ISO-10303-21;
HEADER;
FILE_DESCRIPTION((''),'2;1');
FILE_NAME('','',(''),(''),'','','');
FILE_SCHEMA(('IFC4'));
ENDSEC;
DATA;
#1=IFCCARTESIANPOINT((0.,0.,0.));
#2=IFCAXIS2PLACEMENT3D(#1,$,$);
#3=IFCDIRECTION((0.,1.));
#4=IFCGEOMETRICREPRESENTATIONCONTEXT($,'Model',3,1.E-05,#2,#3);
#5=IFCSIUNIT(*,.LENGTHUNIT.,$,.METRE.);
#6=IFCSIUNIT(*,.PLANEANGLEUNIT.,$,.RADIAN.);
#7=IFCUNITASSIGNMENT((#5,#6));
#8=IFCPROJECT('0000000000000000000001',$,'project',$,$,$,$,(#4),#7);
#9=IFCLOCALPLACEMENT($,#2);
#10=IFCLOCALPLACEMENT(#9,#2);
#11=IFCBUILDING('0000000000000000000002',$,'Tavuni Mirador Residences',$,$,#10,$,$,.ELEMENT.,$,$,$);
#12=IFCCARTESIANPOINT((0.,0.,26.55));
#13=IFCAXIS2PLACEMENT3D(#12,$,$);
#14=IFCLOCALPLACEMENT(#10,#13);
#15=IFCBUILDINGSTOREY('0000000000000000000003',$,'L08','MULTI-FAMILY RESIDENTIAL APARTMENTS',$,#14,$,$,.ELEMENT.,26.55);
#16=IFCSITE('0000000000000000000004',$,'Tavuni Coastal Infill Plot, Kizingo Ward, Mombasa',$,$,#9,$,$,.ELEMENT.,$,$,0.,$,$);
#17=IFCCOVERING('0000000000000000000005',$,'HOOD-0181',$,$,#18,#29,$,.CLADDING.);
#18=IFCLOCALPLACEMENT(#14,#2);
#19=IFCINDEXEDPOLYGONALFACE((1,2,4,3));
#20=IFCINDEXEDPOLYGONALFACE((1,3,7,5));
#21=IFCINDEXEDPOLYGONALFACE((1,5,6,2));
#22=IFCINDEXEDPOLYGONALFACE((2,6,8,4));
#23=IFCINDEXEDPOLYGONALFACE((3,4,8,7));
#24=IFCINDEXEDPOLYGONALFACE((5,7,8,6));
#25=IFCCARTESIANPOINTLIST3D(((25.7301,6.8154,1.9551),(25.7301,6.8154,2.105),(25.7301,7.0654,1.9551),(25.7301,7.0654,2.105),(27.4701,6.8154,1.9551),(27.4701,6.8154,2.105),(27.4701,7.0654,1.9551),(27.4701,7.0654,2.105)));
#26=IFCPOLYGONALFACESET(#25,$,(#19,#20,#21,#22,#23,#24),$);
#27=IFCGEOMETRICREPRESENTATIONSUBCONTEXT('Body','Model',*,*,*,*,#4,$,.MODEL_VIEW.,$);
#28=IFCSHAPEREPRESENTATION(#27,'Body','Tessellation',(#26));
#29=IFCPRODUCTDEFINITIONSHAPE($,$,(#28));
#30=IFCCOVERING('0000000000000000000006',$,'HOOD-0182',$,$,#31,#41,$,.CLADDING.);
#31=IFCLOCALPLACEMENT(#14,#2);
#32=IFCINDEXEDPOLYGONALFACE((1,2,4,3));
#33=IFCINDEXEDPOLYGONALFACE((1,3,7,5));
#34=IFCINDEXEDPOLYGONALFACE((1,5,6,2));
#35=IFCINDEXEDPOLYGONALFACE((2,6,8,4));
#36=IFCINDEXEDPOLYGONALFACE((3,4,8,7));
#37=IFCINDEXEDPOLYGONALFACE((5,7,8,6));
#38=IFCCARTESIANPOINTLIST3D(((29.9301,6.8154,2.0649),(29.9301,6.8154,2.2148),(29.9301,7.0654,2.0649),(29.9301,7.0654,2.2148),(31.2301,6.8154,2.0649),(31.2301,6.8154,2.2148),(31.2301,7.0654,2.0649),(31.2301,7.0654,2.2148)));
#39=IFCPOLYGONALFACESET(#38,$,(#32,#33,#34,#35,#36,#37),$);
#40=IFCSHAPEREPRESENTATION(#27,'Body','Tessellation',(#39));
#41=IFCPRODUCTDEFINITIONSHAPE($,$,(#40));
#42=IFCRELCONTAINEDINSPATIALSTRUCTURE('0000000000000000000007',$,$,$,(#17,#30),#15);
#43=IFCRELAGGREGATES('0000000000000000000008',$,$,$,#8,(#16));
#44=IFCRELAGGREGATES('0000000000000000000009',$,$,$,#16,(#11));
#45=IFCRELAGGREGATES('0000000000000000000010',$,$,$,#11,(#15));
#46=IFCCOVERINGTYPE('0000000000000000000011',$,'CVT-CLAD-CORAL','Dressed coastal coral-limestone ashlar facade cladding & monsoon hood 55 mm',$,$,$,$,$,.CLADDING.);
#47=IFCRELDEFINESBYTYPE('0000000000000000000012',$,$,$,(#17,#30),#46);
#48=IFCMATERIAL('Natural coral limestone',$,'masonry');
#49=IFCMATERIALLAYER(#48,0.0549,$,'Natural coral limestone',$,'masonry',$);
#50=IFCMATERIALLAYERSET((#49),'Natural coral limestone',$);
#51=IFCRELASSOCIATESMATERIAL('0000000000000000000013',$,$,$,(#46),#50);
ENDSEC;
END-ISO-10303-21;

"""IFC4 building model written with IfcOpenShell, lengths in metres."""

from ifc_helpers import new_model, si_unit, direction, frame, origin, origin_2d, place, context, subcontext, project, spatial, rectangle, extrude, material, layer, layer_set, type_object, element, save


model = new_model("IFC4")

# Units and contexts
model_context = context("Model", 3, precision=1e-05, world=origin(), true_north=direction((0.0, 1.0)))
body_context = subcontext(model_context, "Body", "Model", "MODEL_VIEW")
ifc_project = project(units=[si_unit("LENGTHUNIT", "METRE"), si_unit("PLANEANGLEUNIT", "RADIAN")], contexts=[model_context])

# Site, building, storey
site_placement = place(None, origin())
site = spatial("IfcSite", under=ifc_project, at=site_placement, Name="Tavuni Coastal Infill Plot, Kizingo Ward, Mombasa", CompositionType="ELEMENT", RefElevation=0.0)
building_placement = place(site_placement, origin())
building = spatial("IfcBuilding", under=site, at=building_placement, Name="Tavuni Mirador Residences", CompositionType="ELEMENT")
storey_placement = place(building_placement, frame((0.0, 0.0, 26.55)))
storey = spatial("IfcBuildingStorey", under=building, at=storey_placement, Name="L08", Description="MULTI-FAMILY RESIDENTIAL APARTMENTS", CompositionType="ELEMENT", Elevation=26.55)

# Coverings
ifc_material_1 = material(Name="Natural coral limestone", Category="masonry")
ifc_layer_1 = layer(ifc_material_1, 0.0549, Name="Natural coral limestone", Category="masonry")
ifc_layer_set_1 = layer_set([ifc_layer_1], Name="Natural coral limestone")
covering_type = type_object("IfcCoveringType", Name="CVT-CLAD-CORAL", Description="Dressed coastal coral-limestone ashlar facade cladding & monsoon hood 55 mm", PredefinedType="CLADDING", material=ifc_layer_set_1)
covering_1_placement = place(storey_placement, frame((26.6001, 6.9404, 1.9551), z_axis=(0.0, 0.0, 1.0), x_axis=(1.0, 0.0, 0.0)))
element("IfcCovering", 1, at=covering_1_placement, inside=storey, type_object=covering_type, Name="HOOD-0181", PredefinedType="CLADDING", context=body_context, shape_type="SweptSolid", body=[
    extrude(rectangle(XDim=1.74, YDim=0.25, at=origin_2d()), origin(), (0.0, 0.0, 1.0), 0.1499),
])
covering_2_placement = place(storey_placement, frame((30.5801, 6.9404, 2.0649), z_axis=(0.0, 0.0, 1.0), x_axis=(1.0, 0.0, 0.0)))
element("IfcCovering", 2, at=covering_2_placement, inside=storey, type_object=covering_type, Name="HOOD-0182", PredefinedType="CLADDING", context=body_context, shape_type="SweptSolid", body=[
    extrude(rectangle(XDim=1.3, YDim=0.25, at=origin_2d()), origin(), (0.0, 0.0, 1.0), 0.1499),
])

save(model, "model.ifc")
